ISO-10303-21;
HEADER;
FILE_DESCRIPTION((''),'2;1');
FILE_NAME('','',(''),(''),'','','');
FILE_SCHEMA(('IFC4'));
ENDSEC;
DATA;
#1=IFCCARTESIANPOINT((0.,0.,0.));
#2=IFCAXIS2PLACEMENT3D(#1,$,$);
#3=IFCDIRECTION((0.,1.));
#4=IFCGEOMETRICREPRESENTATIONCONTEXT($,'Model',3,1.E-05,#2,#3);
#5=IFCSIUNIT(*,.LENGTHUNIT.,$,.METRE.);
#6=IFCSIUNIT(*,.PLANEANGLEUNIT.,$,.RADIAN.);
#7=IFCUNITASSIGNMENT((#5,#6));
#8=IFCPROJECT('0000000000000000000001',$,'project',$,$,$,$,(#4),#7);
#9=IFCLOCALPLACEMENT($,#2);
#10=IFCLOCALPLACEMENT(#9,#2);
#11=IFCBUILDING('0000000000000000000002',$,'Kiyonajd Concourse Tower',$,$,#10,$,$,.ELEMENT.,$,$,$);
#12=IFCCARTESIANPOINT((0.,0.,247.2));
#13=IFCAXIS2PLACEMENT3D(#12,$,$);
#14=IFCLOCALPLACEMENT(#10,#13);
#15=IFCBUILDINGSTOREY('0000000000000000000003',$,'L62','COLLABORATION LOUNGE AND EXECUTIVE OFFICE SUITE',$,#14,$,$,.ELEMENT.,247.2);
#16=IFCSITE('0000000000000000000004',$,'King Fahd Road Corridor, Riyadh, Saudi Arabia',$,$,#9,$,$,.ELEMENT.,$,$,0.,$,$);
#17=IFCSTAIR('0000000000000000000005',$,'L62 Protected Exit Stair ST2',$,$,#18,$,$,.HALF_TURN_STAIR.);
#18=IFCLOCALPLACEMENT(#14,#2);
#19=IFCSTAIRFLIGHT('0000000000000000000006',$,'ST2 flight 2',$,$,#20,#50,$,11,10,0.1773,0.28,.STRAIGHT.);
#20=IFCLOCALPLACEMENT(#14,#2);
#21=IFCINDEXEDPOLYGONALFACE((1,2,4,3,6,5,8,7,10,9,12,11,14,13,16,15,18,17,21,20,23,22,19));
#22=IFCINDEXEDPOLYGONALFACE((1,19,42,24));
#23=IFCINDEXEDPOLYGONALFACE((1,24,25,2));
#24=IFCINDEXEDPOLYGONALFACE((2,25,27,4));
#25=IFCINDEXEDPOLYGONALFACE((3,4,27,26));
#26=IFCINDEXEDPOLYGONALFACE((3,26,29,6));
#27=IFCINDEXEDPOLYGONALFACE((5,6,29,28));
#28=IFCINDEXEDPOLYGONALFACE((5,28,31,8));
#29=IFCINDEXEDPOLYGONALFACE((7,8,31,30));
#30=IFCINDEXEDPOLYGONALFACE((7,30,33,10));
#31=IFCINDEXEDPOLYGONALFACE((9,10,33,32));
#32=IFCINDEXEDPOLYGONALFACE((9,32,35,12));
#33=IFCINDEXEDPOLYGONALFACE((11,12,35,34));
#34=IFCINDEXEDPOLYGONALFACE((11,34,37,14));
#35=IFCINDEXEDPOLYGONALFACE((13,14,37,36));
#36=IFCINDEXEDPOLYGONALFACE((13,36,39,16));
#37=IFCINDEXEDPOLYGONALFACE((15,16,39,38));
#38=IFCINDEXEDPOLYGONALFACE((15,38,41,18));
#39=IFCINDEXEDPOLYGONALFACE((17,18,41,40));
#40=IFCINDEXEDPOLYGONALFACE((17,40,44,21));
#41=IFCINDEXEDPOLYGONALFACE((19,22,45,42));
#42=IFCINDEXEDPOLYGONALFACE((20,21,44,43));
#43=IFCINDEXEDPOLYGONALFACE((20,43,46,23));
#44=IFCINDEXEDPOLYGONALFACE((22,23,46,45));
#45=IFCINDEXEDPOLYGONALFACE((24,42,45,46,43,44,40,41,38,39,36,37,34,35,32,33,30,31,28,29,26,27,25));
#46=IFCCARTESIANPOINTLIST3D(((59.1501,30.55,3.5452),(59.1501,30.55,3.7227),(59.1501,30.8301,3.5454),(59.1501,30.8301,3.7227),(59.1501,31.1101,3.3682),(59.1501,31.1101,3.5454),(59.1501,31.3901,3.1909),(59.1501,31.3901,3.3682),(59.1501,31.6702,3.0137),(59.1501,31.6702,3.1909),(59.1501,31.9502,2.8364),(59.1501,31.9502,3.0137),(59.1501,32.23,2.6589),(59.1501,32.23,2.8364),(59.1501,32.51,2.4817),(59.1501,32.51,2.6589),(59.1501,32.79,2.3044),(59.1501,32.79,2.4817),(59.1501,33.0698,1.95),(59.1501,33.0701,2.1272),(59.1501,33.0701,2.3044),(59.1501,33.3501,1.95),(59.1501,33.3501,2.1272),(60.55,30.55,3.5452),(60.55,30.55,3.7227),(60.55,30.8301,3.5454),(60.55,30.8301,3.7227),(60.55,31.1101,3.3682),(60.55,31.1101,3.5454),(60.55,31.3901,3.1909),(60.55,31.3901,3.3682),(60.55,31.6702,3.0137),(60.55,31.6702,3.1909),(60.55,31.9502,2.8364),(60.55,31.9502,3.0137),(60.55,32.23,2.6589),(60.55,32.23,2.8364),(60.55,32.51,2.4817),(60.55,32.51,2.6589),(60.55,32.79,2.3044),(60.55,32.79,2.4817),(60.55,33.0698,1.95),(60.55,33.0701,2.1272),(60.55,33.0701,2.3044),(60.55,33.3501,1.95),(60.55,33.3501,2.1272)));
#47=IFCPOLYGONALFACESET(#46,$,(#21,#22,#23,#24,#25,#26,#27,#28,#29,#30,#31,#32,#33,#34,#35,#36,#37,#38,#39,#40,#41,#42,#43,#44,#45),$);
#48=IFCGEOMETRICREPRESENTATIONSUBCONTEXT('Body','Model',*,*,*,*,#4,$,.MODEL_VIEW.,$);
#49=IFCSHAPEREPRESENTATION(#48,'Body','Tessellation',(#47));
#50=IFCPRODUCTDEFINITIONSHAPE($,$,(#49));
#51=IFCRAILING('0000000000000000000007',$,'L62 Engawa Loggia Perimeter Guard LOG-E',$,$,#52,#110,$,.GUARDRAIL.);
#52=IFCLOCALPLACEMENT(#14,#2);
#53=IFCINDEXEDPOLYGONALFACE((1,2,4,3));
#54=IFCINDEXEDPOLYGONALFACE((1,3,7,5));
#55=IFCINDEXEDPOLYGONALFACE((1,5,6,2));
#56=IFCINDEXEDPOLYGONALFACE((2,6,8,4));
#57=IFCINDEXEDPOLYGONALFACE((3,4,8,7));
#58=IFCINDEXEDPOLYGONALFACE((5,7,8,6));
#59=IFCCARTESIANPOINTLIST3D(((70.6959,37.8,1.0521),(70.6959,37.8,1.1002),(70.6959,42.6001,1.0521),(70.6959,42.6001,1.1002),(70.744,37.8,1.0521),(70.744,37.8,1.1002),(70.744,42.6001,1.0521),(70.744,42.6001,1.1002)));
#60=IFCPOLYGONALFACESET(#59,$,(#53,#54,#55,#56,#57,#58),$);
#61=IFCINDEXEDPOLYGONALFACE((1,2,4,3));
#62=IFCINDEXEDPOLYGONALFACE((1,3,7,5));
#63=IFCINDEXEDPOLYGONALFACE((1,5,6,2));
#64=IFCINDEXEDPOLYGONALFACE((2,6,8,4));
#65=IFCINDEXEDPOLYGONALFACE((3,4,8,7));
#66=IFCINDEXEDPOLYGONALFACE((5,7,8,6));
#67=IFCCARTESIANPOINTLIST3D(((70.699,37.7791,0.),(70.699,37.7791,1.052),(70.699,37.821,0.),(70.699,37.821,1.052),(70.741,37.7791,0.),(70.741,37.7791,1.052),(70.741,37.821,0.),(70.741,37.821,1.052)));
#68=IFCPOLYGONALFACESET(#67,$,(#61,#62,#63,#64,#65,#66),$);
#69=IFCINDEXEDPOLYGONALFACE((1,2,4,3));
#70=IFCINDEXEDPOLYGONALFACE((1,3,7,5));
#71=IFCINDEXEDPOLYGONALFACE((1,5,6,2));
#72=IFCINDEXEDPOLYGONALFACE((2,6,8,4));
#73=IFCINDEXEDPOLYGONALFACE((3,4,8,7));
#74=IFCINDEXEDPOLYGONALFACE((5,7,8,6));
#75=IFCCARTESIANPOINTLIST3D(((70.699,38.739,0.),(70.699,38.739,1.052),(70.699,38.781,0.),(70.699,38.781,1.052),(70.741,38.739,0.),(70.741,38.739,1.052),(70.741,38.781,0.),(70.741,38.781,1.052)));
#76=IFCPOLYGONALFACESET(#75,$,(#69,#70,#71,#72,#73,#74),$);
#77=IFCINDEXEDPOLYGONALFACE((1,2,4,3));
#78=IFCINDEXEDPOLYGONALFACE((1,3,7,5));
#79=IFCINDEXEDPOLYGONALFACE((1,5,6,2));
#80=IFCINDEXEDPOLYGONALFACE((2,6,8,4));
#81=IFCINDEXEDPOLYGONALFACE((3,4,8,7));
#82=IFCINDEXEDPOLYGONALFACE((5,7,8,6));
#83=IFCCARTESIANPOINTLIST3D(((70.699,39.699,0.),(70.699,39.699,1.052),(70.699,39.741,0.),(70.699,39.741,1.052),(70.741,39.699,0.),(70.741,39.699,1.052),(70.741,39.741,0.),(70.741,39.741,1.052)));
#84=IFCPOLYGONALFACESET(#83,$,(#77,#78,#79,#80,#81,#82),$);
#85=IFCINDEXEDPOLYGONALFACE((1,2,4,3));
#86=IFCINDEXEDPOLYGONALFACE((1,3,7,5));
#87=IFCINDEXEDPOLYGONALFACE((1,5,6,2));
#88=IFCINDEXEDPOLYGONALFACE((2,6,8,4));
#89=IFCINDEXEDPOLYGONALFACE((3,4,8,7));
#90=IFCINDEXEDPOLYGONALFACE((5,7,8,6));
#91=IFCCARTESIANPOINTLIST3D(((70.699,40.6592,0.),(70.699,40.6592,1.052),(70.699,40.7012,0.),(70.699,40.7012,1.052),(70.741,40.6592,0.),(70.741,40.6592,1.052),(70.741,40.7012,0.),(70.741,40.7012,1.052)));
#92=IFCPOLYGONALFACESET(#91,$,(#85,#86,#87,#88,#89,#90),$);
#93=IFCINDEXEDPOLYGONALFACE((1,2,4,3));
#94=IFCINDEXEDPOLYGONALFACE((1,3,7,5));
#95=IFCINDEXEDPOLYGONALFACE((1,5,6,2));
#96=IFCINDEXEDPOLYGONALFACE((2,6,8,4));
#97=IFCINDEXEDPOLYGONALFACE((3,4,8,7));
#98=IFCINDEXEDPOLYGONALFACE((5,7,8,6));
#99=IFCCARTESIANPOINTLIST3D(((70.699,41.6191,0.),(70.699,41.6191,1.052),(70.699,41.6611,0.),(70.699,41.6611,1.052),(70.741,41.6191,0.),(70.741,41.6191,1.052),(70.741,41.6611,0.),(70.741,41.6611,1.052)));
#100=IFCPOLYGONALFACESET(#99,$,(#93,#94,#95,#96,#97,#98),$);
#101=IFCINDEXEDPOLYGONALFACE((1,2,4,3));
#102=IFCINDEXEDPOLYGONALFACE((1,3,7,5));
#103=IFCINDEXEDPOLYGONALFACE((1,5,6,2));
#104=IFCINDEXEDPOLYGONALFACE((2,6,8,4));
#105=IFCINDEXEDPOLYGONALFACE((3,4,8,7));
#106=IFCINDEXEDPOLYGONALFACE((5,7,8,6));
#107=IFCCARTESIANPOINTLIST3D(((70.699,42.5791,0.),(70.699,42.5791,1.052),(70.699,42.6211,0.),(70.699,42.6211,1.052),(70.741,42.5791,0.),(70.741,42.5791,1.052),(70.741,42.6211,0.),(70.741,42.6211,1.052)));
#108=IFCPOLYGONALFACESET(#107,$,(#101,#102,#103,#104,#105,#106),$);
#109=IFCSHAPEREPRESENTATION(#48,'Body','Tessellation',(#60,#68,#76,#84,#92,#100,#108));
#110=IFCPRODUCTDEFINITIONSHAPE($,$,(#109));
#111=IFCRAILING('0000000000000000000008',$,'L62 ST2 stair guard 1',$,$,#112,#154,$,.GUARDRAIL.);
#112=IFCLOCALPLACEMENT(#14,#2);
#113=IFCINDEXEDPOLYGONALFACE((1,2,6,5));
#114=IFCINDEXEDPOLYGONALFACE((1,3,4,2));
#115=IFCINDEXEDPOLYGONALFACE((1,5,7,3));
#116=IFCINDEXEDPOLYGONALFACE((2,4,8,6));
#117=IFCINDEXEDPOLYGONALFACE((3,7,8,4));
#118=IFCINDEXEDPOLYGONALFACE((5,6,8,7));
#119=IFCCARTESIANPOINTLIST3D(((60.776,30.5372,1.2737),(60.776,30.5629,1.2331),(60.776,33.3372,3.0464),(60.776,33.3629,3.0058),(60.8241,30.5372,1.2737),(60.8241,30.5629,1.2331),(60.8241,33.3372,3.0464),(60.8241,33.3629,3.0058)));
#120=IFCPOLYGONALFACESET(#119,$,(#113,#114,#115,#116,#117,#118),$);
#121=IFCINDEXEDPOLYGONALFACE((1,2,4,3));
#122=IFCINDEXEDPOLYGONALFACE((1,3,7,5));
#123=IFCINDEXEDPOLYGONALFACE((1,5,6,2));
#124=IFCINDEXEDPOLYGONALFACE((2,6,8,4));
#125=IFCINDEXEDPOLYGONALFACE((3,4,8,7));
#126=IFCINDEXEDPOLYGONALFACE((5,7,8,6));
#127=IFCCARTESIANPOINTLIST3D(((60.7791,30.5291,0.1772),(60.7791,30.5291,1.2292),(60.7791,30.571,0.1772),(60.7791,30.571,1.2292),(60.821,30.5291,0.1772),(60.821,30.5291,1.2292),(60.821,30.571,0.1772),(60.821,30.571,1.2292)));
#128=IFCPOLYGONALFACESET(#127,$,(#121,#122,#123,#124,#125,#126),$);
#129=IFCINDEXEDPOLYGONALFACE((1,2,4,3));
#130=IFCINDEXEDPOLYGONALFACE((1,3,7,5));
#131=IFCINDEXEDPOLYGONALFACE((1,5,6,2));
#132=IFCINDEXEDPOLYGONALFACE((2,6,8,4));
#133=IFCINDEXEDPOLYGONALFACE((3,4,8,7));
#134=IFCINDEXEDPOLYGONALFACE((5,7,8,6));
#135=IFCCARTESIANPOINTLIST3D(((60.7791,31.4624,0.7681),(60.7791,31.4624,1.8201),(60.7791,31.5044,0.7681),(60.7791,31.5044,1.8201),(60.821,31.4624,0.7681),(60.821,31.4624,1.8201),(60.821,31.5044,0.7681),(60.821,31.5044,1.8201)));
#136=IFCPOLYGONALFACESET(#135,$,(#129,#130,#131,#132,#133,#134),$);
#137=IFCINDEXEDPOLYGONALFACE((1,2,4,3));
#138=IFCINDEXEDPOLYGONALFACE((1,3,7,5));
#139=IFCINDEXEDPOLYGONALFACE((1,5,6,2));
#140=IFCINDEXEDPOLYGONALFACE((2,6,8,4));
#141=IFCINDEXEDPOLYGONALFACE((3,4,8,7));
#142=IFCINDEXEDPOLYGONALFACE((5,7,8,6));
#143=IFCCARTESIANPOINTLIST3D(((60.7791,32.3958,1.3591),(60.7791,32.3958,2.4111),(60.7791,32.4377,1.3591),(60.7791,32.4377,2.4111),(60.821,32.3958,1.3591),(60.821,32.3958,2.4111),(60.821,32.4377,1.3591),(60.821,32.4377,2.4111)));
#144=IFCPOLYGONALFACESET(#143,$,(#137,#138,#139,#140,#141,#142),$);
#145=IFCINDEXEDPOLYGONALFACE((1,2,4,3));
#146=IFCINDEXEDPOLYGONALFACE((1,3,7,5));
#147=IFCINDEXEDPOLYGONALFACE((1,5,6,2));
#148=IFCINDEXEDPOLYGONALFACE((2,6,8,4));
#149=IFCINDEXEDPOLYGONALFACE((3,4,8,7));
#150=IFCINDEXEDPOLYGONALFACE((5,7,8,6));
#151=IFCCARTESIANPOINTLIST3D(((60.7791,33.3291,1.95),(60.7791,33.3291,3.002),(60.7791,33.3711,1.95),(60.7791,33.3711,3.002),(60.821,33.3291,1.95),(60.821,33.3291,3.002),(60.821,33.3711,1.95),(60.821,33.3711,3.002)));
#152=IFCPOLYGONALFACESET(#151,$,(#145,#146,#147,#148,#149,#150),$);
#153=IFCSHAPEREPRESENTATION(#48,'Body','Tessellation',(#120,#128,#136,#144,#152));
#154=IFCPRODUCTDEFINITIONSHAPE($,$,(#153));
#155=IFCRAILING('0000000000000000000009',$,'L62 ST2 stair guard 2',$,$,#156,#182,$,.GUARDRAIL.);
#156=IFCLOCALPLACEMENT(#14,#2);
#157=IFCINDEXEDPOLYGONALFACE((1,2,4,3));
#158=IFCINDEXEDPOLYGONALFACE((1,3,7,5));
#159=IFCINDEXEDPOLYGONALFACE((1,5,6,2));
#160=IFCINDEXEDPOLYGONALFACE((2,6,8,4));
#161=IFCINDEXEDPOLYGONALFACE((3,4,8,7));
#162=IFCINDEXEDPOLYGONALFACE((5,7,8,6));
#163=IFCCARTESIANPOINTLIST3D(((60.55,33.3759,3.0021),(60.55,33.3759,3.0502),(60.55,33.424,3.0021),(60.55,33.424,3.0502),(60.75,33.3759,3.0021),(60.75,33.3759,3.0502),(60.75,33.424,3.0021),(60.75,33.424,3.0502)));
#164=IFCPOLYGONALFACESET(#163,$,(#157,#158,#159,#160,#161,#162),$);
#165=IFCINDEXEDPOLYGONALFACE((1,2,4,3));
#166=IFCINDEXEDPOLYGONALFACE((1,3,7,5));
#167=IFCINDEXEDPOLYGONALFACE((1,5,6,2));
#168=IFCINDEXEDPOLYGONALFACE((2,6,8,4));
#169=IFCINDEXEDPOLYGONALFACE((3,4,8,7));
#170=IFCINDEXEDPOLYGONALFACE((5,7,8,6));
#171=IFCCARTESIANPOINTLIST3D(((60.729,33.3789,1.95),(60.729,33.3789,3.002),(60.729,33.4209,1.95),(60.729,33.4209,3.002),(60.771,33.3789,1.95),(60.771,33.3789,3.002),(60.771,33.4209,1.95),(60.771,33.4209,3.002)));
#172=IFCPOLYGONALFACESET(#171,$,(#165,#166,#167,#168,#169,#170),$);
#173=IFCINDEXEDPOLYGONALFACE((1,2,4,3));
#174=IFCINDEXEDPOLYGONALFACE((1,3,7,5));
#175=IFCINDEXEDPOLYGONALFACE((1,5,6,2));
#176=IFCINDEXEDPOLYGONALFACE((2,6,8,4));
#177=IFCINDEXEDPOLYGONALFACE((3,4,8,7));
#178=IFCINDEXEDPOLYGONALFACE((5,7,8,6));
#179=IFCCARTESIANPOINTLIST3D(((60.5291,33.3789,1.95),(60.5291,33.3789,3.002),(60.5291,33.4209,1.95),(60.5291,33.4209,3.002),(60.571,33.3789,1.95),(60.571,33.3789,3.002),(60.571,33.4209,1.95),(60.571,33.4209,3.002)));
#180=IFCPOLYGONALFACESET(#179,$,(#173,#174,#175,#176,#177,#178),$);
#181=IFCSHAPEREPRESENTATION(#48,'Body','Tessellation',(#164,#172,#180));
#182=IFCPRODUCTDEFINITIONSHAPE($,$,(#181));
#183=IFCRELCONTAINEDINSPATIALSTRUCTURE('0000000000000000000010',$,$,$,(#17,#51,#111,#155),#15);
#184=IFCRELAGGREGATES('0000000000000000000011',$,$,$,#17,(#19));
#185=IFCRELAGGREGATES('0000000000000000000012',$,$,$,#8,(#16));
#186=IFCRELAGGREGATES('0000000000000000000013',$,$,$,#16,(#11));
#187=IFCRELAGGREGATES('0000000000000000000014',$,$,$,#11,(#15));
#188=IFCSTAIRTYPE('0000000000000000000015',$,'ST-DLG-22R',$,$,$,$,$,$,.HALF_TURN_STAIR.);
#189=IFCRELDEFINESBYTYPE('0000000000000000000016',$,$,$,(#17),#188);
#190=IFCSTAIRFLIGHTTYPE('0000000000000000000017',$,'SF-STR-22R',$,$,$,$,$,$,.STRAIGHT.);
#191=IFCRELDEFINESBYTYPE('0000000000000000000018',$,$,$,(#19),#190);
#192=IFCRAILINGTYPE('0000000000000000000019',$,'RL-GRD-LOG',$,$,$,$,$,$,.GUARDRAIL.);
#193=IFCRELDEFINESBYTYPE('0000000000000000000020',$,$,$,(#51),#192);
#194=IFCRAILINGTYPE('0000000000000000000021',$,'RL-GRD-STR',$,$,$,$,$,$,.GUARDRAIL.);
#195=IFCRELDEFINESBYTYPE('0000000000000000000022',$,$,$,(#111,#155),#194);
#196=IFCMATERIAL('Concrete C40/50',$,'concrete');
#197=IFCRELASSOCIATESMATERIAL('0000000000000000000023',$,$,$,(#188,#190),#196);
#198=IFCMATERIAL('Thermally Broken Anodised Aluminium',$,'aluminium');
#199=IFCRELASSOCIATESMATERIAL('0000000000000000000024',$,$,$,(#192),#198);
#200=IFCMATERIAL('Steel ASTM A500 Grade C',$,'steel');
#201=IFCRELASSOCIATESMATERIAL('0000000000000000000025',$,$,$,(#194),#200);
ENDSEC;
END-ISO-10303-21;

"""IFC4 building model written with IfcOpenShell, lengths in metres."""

from ifc_helpers import new_model, si_unit, direction, frame, origin, origin_2d, place, context, subcontext, project, spatial, polyline, rectangle, outline, extrude, material, type_object, element, aggregate, save


model = new_model("IFC4")

# Units and contexts
model_context = context("Model", 3, precision=1e-05, world=origin(), true_north=direction((0.0, 1.0)))
body_context = subcontext(model_context, "Body", "Model", "MODEL_VIEW")
ifc_project = project(units=[si_unit("LENGTHUNIT", "METRE"), si_unit("PLANEANGLEUNIT", "RADIAN")], contexts=[model_context])

# Site, building, storey
site_placement = place(None, origin())
site = spatial("IfcSite", under=ifc_project, at=site_placement, Name="King Fahd Road Corridor, Riyadh, Saudi Arabia", CompositionType="ELEMENT", RefElevation=0.0)
building_placement = place(site_placement, origin())
building = spatial("IfcBuilding", under=site, at=building_placement, Name="Kiyonajd Concourse Tower", CompositionType="ELEMENT")
storey_placement = place(building_placement, frame((0.0, 0.0, 247.2)))
storey = spatial("IfcBuildingStorey", under=building, at=storey_placement, Name="L62", Description="COLLABORATION LOUNGE AND EXECUTIVE OFFICE SUITE", CompositionType="ELEMENT", Elevation=247.2)

# Shared definitions
ifc_material_1 = material(Name="Thermally Broken Anodised Aluminium", Category="aluminium")

# Stair, stair flight
ifc_material_2 = material(Name="Concrete C40/50", Category="concrete")
stair_type = type_object("IfcStairType", Name="ST-DLG-22R", PredefinedType="HALF_TURN_STAIR", material=ifc_material_2)
stair_placement = place(storey_placement, origin())
stair = element("IfcStair", 1, at=stair_placement, inside=storey, type_object=stair_type, Name="L62 Protected Exit Stair ST2", PredefinedType="HALF_TURN_STAIR")
stair_flight_type = type_object("IfcStairFlightType", Name="SF-STR-22R", PredefinedType="STRAIGHT", material=ifc_material_2)
stair_flight_1_placement = place(storey_placement, frame((59.8501, 33.3501, 1.95), z_axis=(0.0, 0.0, 1.0), x_axis=(0.0, -1.0, 0.0)))
stair_flight_1 = element("IfcStairFlight", 2, at=stair_flight_1_placement, type_object=stair_flight_type, Name="ST2 flight 2", NumberOfRisers=11, NumberOfTreads=10, PredefinedType="STRAIGHT", RiserHeight=0.1773, TreadLength=0.28, context=body_context, shape_type="SweptSolid", body=[
    extrude(outline(polyline([(0.0, 0.0), (0.0, 0.1772), (0.28, 0.1772), (0.28, 0.3545), (0.5601, 0.3545), (0.5601, 0.5317), (0.8401, 0.5317), (0.8401, 0.709), (1.1201, 0.709), (1.1201, 0.8865), (1.3999, 0.8865), (1.3999, 1.0637), (1.6799, 1.0637), (1.6799, 1.241), (1.96, 1.241), (1.96, 1.4182), (2.24, 1.4182), (2.24, 1.5955), (2.52, 1.5955), (2.52, 1.7727), (2.8, 1.7727), (2.8, 1.95), (2.8, 1.5952), (0.2803, 0.0), (0.0, 0.0)])), frame((0.0, 0.7, 0.0), z_axis=(0.0, -1.0, 0.0), x_axis=(1.0, 0.0, 0.0)), (0.0, 0.0, 1.0), 1.3999),
])
aggregate(stair, [stair_flight_1])

# Railings
railing_type_1 = type_object("IfcRailingType", Name="RL-GRD-LOG", PredefinedType="GUARDRAIL", material=ifc_material_1)
railing_1_placement = place(storey_placement, frame((70.72, 37.8, 0.0)))
element("IfcRailing", 3, at=railing_1_placement, inside=storey, type_object=railing_type_1, Name="L62 Engawa Loggia Perimeter Guard LOG-E", PredefinedType="GUARDRAIL", context=body_context, shape_type="SweptSolid", body=[
    extrude(rectangle(XDim=0.0481, YDim=0.0481, at=origin_2d()), frame((0.0, 0.0, 1.0762), z_axis=(0.0, 1.0, 0.0), x_axis=(-1.0, 0.0, 0.0)), (0.0, 0.0, 1.0), 4.8),
    extrude(rectangle(XDim=0.042, YDim=0.042, at=origin_2d()), origin(), (0.0, 0.0, 1.0), 1.052),
    extrude(rectangle(XDim=0.042, YDim=0.042, at=origin_2d()), frame((0.0, 0.96, 0.0)), (0.0, 0.0, 1.0), 1.052),
    extrude(rectangle(XDim=0.042, YDim=0.042, at=origin_2d()), frame((0.0, 1.9199, 0.0)), (0.0, 0.0, 1.0), 1.052),
    extrude(rectangle(XDim=0.042, YDim=0.042, at=origin_2d()), frame((0.0, 2.8801, 0.0)), (0.0, 0.0, 1.0), 1.052),
    extrude(rectangle(XDim=0.042, YDim=0.042, at=origin_2d()), frame((0.0, 3.8401, 0.0)), (0.0, 0.0, 1.0), 1.052),
    extrude(rectangle(XDim=0.042, YDim=0.042, at=origin_2d()), frame((0.0, 4.8, 0.0)), (0.0, 0.0, 1.0), 1.052),
])
ifc_material_3 = material(Name="Steel ASTM A500 Grade C", Category="steel")
railing_type_2 = type_object("IfcRailingType", Name="RL-GRD-STR", PredefinedType="GUARDRAIL", material=ifc_material_3)
railing_2_placement = place(storey_placement, frame((60.8, 30.55, 0.1772)))
element("IfcRailing", 4, at=railing_2_placement, inside=storey, type_object=railing_type_2, Name="L62 ST2 stair guard 1", PredefinedType="GUARDRAIL", context=body_context, shape_type="SweptSolid", body=[
    extrude(rectangle(XDim=0.0481, YDim=0.0481, at=origin_2d()), frame((0.0, 0.0, 1.0762), z_axis=(0.0, 0.844909, 0.53491), x_axis=(-1.0, 0.0, 0.0)), (0.0, 0.0, 1.0), 3.314),
    extrude(rectangle(XDim=0.042, YDim=0.042, at=origin_2d()), origin(), (0.0, 0.0, 1.0), 1.052),
    extrude(rectangle(XDim=0.042, YDim=0.042, at=origin_2d()), frame((0.0, 0.9333, 0.5908)), (0.0, 0.0, 1.0), 1.052),
    extrude(rectangle(XDim=0.042, YDim=0.042, at=origin_2d()), frame((0.0, 1.8667, 1.1819)), (0.0, 0.0, 1.0), 1.052),
    extrude(rectangle(XDim=0.042, YDim=0.042, at=origin_2d()), frame((0.0, 2.8, 1.7727)), (0.0, 0.0, 1.0), 1.052),
])
railing_3_placement = place(storey_placement, frame((60.75, 33.3999, 1.95)))
element("IfcRailing", 5, at=railing_3_placement, inside=storey, type_object=railing_type_2, Name="L62 ST2 stair guard 2", PredefinedType="GUARDRAIL", context=body_context, shape_type="SweptSolid", body=[
    extrude(rectangle(XDim=0.0481, YDim=0.0481, at=origin_2d()), frame((0.0, 0.0, 1.0762), z_axis=(-1.0, 0.0, 0.0), x_axis=(0.0, -1.0, 0.0)), (0.0, 0.0, 1.0), 0.2),
    extrude(rectangle(XDim=0.042, YDim=0.042, at=origin_2d()), origin(), (0.0, 0.0, 1.0), 1.052),
    extrude(rectangle(XDim=0.042, YDim=0.042, at=origin_2d()), frame((-0.2, 0.0, 0.0)), (0.0, 0.0, 1.0), 1.052),
])

save(model, "model.ifc")
